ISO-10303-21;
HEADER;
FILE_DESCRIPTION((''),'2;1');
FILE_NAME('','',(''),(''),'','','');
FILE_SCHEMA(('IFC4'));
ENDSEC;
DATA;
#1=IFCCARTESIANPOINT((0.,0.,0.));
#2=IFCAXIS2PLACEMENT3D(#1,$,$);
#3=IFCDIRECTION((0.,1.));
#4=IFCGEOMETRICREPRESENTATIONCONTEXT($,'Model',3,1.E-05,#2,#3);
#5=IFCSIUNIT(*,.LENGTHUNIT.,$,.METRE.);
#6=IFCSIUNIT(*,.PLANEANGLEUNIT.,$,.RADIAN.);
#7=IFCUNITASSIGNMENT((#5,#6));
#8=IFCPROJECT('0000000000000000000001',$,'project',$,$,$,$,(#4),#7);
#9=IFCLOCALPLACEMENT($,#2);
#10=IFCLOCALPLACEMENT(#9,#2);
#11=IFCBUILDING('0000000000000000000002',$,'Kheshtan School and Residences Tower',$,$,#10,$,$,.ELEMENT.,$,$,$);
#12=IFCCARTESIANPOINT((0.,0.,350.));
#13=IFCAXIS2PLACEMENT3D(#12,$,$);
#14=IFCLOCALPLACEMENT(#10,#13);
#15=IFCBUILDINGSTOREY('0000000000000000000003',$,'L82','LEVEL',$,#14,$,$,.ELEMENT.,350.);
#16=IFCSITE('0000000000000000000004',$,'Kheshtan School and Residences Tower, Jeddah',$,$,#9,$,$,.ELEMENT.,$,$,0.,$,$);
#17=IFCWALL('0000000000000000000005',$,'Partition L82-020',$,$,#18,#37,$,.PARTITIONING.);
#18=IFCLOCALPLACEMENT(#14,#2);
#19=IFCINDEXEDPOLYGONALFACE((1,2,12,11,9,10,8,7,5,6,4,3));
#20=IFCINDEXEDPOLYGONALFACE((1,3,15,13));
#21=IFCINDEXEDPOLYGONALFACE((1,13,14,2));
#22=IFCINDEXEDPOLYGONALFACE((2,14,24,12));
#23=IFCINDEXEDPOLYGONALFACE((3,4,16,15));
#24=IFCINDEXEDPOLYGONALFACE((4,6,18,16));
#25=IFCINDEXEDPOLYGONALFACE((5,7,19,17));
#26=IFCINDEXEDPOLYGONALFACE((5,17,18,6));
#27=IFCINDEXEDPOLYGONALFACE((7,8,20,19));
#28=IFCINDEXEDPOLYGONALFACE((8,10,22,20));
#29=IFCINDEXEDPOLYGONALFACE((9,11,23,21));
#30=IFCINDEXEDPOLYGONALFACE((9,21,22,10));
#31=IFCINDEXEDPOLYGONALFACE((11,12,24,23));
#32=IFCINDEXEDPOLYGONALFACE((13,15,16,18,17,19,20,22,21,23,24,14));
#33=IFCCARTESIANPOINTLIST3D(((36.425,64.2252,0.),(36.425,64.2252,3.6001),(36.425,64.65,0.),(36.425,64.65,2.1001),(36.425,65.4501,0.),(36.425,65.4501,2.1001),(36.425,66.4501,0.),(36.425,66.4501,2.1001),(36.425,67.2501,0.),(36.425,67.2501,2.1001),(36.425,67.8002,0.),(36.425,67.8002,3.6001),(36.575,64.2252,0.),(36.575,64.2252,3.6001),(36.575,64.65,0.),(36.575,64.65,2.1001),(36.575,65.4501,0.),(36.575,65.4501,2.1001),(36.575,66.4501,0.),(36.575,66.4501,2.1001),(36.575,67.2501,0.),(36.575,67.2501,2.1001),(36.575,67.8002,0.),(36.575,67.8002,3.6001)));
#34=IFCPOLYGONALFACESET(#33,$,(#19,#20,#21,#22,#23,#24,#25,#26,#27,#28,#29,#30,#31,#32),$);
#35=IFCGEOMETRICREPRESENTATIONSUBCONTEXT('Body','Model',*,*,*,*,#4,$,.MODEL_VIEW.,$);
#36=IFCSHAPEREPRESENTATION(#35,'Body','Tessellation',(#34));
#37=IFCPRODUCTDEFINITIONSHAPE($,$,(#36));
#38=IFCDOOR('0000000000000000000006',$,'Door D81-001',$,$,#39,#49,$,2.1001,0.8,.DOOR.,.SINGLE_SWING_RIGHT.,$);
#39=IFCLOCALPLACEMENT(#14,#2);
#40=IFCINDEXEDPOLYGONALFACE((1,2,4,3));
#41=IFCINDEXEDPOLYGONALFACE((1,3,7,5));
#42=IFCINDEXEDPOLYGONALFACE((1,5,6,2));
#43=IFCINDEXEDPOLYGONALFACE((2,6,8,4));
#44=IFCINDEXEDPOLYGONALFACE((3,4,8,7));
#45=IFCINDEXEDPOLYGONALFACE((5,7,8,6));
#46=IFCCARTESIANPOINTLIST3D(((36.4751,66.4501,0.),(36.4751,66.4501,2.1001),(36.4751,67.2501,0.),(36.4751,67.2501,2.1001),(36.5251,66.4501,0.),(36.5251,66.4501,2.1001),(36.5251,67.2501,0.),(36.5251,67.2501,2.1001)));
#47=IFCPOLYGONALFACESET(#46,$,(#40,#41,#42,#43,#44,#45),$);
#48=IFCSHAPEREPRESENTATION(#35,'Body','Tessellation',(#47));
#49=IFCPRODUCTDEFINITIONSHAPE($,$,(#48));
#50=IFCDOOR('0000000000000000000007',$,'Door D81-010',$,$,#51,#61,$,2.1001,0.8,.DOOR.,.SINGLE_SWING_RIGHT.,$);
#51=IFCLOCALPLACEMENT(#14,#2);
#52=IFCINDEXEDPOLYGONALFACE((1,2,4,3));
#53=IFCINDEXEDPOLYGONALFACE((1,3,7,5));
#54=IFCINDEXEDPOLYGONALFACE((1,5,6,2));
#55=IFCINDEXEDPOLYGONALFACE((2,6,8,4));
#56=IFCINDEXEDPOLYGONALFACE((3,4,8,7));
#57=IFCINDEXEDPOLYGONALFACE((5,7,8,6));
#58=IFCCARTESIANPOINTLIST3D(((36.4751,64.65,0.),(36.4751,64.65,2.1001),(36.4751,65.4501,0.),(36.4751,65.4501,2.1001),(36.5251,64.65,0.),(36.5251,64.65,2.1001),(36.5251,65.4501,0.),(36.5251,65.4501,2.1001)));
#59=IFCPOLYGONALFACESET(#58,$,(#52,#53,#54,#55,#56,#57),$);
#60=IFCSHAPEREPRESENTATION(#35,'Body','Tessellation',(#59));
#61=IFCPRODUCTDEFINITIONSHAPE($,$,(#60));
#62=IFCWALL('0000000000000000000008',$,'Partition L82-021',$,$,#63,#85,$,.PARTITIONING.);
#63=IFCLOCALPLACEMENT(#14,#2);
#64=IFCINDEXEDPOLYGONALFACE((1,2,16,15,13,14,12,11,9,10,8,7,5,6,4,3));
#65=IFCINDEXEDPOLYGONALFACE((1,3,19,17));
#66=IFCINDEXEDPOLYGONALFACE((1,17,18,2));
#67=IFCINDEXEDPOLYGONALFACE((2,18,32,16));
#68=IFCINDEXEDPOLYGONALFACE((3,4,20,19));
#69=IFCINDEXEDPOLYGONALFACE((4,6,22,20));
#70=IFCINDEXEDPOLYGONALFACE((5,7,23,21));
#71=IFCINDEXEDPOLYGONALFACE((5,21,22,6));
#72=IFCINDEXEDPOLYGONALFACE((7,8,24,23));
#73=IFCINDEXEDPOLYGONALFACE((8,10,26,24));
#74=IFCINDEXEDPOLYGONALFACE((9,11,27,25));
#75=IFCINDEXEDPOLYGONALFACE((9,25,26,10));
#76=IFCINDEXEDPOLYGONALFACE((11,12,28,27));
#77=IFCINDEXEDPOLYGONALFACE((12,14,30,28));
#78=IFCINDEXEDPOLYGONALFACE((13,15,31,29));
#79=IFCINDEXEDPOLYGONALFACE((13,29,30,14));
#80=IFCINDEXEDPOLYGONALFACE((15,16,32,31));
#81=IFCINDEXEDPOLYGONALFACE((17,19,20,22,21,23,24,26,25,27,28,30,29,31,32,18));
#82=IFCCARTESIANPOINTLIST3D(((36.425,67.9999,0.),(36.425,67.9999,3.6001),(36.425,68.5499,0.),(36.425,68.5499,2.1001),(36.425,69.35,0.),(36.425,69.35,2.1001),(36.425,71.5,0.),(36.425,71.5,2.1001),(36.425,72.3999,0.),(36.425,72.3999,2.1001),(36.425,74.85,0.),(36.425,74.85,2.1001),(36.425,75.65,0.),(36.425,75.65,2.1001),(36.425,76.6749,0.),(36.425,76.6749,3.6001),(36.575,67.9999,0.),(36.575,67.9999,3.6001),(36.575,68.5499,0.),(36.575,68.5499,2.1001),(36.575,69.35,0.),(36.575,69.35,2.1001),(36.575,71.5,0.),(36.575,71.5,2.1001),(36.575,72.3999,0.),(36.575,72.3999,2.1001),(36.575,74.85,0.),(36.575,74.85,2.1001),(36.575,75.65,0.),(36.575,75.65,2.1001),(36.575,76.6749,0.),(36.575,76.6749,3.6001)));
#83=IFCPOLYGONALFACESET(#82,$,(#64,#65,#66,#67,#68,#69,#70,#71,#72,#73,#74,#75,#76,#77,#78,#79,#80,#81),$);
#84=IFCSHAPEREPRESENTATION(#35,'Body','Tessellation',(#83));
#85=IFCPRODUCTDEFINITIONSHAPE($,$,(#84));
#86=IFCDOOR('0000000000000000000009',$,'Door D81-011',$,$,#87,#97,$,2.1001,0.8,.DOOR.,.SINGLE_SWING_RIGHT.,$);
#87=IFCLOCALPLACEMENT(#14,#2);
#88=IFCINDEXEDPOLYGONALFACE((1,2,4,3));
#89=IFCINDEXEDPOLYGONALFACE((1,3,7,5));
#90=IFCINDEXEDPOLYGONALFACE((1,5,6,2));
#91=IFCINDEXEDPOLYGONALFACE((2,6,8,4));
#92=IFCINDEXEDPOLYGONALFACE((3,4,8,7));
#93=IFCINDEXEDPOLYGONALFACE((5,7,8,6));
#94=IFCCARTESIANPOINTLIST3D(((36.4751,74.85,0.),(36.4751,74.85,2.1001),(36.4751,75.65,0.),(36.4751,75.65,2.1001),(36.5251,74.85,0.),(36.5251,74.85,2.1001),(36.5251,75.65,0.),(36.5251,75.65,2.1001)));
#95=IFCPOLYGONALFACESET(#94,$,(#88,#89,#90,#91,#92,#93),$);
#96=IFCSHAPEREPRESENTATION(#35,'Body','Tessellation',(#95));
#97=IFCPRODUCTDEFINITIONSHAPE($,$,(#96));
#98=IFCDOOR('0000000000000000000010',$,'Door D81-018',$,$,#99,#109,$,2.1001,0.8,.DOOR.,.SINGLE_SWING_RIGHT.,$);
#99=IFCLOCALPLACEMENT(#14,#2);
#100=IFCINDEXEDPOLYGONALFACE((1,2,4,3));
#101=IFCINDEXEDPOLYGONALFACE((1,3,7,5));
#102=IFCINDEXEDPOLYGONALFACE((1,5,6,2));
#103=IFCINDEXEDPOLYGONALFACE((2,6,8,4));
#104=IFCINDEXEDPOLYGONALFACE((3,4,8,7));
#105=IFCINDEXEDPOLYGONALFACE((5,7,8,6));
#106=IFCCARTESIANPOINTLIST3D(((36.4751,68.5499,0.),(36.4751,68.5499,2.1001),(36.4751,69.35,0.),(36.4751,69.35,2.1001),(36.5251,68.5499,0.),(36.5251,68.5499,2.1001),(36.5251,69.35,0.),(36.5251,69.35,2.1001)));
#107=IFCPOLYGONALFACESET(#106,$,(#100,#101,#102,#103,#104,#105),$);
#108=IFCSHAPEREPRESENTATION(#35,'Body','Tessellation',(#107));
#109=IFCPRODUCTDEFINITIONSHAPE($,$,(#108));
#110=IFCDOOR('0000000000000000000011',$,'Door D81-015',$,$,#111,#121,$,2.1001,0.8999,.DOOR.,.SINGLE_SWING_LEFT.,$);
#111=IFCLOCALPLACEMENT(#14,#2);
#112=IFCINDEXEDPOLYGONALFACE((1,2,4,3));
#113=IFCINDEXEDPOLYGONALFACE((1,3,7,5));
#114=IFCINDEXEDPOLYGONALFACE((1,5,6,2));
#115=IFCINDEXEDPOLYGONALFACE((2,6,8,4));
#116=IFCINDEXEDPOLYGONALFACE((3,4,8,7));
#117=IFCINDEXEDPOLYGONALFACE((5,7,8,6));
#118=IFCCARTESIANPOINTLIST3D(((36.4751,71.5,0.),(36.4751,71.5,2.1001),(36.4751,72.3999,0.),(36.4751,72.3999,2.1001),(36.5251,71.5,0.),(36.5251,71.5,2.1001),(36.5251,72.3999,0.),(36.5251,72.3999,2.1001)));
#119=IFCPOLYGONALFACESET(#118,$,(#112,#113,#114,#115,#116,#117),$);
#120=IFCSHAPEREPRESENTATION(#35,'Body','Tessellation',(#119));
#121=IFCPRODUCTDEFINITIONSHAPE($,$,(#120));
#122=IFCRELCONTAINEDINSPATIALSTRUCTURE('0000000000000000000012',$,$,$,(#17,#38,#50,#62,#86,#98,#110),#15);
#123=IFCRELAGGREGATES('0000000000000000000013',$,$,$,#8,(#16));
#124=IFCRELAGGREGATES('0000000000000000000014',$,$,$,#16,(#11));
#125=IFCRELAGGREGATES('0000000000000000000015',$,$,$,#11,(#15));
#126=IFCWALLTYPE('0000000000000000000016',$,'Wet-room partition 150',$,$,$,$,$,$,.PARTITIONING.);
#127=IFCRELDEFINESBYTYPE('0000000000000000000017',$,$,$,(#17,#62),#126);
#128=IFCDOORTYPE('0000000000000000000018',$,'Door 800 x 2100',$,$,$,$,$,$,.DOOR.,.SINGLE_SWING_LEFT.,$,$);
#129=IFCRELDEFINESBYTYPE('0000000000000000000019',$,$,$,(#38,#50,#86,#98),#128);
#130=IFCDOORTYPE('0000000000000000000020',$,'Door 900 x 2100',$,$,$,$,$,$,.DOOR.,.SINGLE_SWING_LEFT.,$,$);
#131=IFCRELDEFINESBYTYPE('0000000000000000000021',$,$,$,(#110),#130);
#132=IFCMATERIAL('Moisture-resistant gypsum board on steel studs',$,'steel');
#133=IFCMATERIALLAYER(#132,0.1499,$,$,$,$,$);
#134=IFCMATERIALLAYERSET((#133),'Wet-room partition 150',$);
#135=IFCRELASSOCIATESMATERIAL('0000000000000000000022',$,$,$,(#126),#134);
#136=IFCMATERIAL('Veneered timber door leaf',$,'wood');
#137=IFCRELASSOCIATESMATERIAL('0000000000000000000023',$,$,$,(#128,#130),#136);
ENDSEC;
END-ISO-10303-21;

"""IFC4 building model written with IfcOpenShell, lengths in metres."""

from ifc_helpers import new_model, si_unit, direction, frame, frame_2d, origin, place, context, subcontext, project, spatial, rectangle, extrude, source, transform, mapped, material, layer, layer_set, type_object, element, fill, save


model = new_model("IFC4")

# Units and contexts
model_context = context("Model", 3, precision=1e-05, world=origin(), true_north=direction((0.0, 1.0)))
body_context = subcontext(model_context, "Body", "Model", "MODEL_VIEW")
ifc_project = project(units=[si_unit("LENGTHUNIT", "METRE"), si_unit("PLANEANGLEUNIT", "RADIAN")], contexts=[model_context])

# Site, building, storey
site_placement = place(None, origin())
site = spatial("IfcSite", under=ifc_project, at=site_placement, Name="Kheshtan School and Residences Tower, Jeddah", CompositionType="ELEMENT", RefElevation=0.0)
building_placement = place(site_placement, origin())
building = spatial("IfcBuilding", under=site, at=building_placement, Name="Kheshtan School and Residences Tower", CompositionType="ELEMENT")
storey_placement = place(building_placement, frame((0.0, 0.0, 350.0)))
storey = spatial("IfcBuildingStorey", under=building, at=storey_placement, Name="L82", Description="LEVEL", CompositionType="ELEMENT", Elevation=350.0)

# Shared definitions
ifc_material_1 = material(Name="Moisture-resistant gypsum board on steel studs", Category="steel")
ifc_layer_1 = layer(ifc_material_1, 0.1499)
ifc_layer_set_1 = layer_set([ifc_layer_1], Name="Wet-room partition 150")
wall_type_1 = type_object("IfcWallType", Name="Wet-room partition 150", PredefinedType="PARTITIONING", material=ifc_layer_set_1)

# Walls, openings, doors
wall_1_placement = place(storey_placement, frame((36.5, 64.2251, 0.0), z_axis=(0.0, 0.0, 1.0), x_axis=(0.0, 1.0, 0.0)))
wall_1 = element("IfcWall", 1, at=wall_1_placement, inside=storey, type_object=wall_type_1, Name="Partition L82-020", PredefinedType="PARTITIONING", context=body_context, shape_type="SweptSolid", body=[
    extrude(rectangle(XDim=3.575, YDim=0.1499, at=frame_2d((1.7876, 0.0))), origin(), (0.0, 0.0, 1.0), 3.6001),
])
opening_1_placement = place(wall_1_placement, frame((2.2251, 0.0, 0.0)))
opening_1 = element("IfcOpeningElement", 2, at=opening_1_placement, cuts=wall_1, PredefinedType="OPENING", context=body_context, shape_type="SweptSolid", body=[
    extrude(rectangle(XDim=0.8, YDim=2.1001, at=frame_2d((0.3999, 1.05))), frame((0.0, 0.085, 0.0), z_axis=(0.0, -1.0, 0.0), x_axis=(1.0, 0.0, 0.0)), (0.0, 0.0, 1.0), 0.1699),
])
opening_2_placement = place(wall_1_placement, frame((0.425, 0.0, 0.0)))
opening_2 = element("IfcOpeningElement", 3, at=opening_2_placement, cuts=wall_1, PredefinedType="OPENING", context=body_context, shape_type="SweptSolid", body=[
    extrude(rectangle(XDim=0.8, YDim=2.1001, at=frame_2d((0.3999, 1.05))), frame((0.0, 0.085, 0.0), z_axis=(0.0, -1.0, 0.0), x_axis=(1.0, 0.0, 0.0)), (0.0, 0.0, 1.0), 0.1699),
])
ifc_material_2 = material(Name="Veneered timber door leaf", Category="wood")
door_type_1 = type_object("IfcDoorType", Name="Door 800 x 2100", OperationType="SINGLE_SWING_LEFT", PredefinedType="DOOR", material=ifc_material_2)
shared_shape_1 = source(origin(), body_context, "Body", "SweptSolid", [
    extrude(rectangle(XDim=0.8, YDim=2.1001, at=frame_2d((0.3999, 1.05))), frame((0.0, 0.0249, 0.0), z_axis=(0.0, -1.0, 0.0), x_axis=(1.0, 0.0, 0.0)), (0.0, 0.0, 1.0), 0.05),
])
door_1_placement = place(opening_1_placement, origin())
door_1 = element("IfcDoor", 4, at=door_1_placement, inside=storey, type_object=door_type_1, Name="Door D81-001", OperationType="SINGLE_SWING_RIGHT", OverallHeight=2.1001, OverallWidth=0.8, PredefinedType="DOOR", context=body_context, shape_type="MappedRepresentation", body=[
    mapped(shared_shape_1, transform((0.0, 0.0, 0.0), x_axis=(1.0, 0.0, 0.0), y_axis=(0.0, 1.0, 0.0), z_axis=(0.0, 0.0, 1.0), scale=1.0)),
])
fill(opening_1, door_1)
door_2_placement = place(opening_2_placement, origin())
door_2 = element("IfcDoor", 5, at=door_2_placement, inside=storey, type_object=door_type_1, Name="Door D81-010", OperationType="SINGLE_SWING_RIGHT", OverallHeight=2.1001, OverallWidth=0.8, PredefinedType="DOOR", context=body_context, shape_type="MappedRepresentation", body=[
    mapped(shared_shape_1, transform((0.0, 0.0, 0.0), x_axis=(1.0, 0.0, 0.0), y_axis=(0.0, 1.0, 0.0), z_axis=(0.0, 0.0, 1.0), scale=1.0)),
])
fill(opening_2, door_2)
wall_2_placement = place(storey_placement, frame((36.5, 68.0, 0.0), z_axis=(0.0, 0.0, 1.0), x_axis=(0.0, 1.0, 0.0)))
wall_2 = element("IfcWall", 6, at=wall_2_placement, inside=storey, type_object=wall_type_1, Name="Partition L82-021", PredefinedType="PARTITIONING", context=body_context, shape_type="SweptSolid", body=[
    extrude(rectangle(XDim=8.675, YDim=0.1499, at=frame_2d((4.3374, 0.0))), origin(), (0.0, 0.0, 1.0), 3.6001),
])
opening_3_placement = place(wall_2_placement, frame((6.8501, 0.0, 0.0)))
opening_3 = element("IfcOpeningElement", 7, at=opening_3_placement, cuts=wall_2, PredefinedType="OPENING", context=body_context, shape_type="SweptSolid", body=[
    extrude(rectangle(XDim=0.8, YDim=2.1001, at=frame_2d((0.3999, 1.05))), frame((0.0, 0.085, 0.0), z_axis=(0.0, -1.0, 0.0), x_axis=(1.0, 0.0, 0.0)), (0.0, 0.0, 1.0), 0.1699),
])
opening_4_placement = place(wall_2_placement, frame((3.5, 0.0, 0.0)))
opening_4 = element("IfcOpeningElement", 8, at=opening_4_placement, cuts=wall_2, PredefinedType="OPENING", context=body_context, shape_type="SweptSolid", body=[
    extrude(rectangle(XDim=0.8999, YDim=2.1001, at=frame_2d((0.45, 1.05))), frame((0.0, 0.085, 0.0), z_axis=(0.0, -1.0, 0.0), x_axis=(1.0, 0.0, 0.0)), (0.0, 0.0, 1.0), 0.1699),
])
opening_5_placement = place(wall_2_placement, frame((0.55, 0.0, 0.0)))
opening_5 = element("IfcOpeningElement", 9, at=opening_5_placement, cuts=wall_2, PredefinedType="OPENING", context=body_context, shape_type="SweptSolid", body=[
    extrude(rectangle(XDim=0.8, YDim=2.1001, at=frame_2d((0.3999, 1.05))), frame((0.0, 0.085, 0.0), z_axis=(0.0, -1.0, 0.0), x_axis=(1.0, 0.0, 0.0)), (0.0, 0.0, 1.0), 0.1699),
])
door_3_placement = place(opening_3_placement, origin())
door_3 = element("IfcDoor", 10, at=door_3_placement, inside=storey, type_object=door_type_1, Name="Door D81-011", OperationType="SINGLE_SWING_RIGHT", OverallHeight=2.1001, OverallWidth=0.8, PredefinedType="DOOR", context=body_context, shape_type="MappedRepresentation", body=[
    mapped(shared_shape_1, transform((0.0, 0.0, 0.0), x_axis=(1.0, 0.0, 0.0), y_axis=(0.0, 1.0, 0.0), z_axis=(0.0, 0.0, 1.0), scale=1.0)),
])
fill(opening_3, door_3)
door_4_placement = place(opening_5_placement, origin())
door_4 = element("IfcDoor", 11, at=door_4_placement, inside=storey, type_object=door_type_1, Name="Door D81-018", OperationType="SINGLE_SWING_RIGHT", OverallHeight=2.1001, OverallWidth=0.8, PredefinedType="DOOR", context=body_context, shape_type="MappedRepresentation", body=[
    mapped(shared_shape_1, transform((0.0, 0.0, 0.0), x_axis=(1.0, 0.0, 0.0), y_axis=(0.0, 1.0, 0.0), z_axis=(0.0, 0.0, 1.0), scale=1.0)),
])
fill(opening_5, door_4)
door_type_2 = type_object("IfcDoorType", Name="Door 900 x 2100", OperationType="SINGLE_SWING_LEFT", PredefinedType="DOOR", material=ifc_material_2)
shared_shape_2 = source(origin(), body_context, "Body", "SweptSolid", [
    extrude(rectangle(XDim=0.8999, YDim=2.1001, at=frame_2d((0.45, 1.05))), frame((0.0, 0.0249, 0.0), z_axis=(0.0, -1.0, 0.0), x_axis=(1.0, 0.0, 0.0)), (0.0, 0.0, 1.0), 0.05),
])
door_5_placement = place(opening_4_placement, origin())
door_5 = element("IfcDoor", 12, at=door_5_placement, inside=storey, type_object=door_type_2, Name="Door D81-015", OperationType="SINGLE_SWING_LEFT", OverallHeight=2.1001, OverallWidth=0.8999, PredefinedType="DOOR", context=body_context, shape_type="MappedRepresentation", body=[
    mapped(shared_shape_2, transform((0.0, 0.0, 0.0), x_axis=(1.0, 0.0, 0.0), y_axis=(0.0, 1.0, 0.0), z_axis=(0.0, 0.0, 1.0), scale=1.0)),
])
fill(opening_4, door_5)

save(model, "model.ifc")
